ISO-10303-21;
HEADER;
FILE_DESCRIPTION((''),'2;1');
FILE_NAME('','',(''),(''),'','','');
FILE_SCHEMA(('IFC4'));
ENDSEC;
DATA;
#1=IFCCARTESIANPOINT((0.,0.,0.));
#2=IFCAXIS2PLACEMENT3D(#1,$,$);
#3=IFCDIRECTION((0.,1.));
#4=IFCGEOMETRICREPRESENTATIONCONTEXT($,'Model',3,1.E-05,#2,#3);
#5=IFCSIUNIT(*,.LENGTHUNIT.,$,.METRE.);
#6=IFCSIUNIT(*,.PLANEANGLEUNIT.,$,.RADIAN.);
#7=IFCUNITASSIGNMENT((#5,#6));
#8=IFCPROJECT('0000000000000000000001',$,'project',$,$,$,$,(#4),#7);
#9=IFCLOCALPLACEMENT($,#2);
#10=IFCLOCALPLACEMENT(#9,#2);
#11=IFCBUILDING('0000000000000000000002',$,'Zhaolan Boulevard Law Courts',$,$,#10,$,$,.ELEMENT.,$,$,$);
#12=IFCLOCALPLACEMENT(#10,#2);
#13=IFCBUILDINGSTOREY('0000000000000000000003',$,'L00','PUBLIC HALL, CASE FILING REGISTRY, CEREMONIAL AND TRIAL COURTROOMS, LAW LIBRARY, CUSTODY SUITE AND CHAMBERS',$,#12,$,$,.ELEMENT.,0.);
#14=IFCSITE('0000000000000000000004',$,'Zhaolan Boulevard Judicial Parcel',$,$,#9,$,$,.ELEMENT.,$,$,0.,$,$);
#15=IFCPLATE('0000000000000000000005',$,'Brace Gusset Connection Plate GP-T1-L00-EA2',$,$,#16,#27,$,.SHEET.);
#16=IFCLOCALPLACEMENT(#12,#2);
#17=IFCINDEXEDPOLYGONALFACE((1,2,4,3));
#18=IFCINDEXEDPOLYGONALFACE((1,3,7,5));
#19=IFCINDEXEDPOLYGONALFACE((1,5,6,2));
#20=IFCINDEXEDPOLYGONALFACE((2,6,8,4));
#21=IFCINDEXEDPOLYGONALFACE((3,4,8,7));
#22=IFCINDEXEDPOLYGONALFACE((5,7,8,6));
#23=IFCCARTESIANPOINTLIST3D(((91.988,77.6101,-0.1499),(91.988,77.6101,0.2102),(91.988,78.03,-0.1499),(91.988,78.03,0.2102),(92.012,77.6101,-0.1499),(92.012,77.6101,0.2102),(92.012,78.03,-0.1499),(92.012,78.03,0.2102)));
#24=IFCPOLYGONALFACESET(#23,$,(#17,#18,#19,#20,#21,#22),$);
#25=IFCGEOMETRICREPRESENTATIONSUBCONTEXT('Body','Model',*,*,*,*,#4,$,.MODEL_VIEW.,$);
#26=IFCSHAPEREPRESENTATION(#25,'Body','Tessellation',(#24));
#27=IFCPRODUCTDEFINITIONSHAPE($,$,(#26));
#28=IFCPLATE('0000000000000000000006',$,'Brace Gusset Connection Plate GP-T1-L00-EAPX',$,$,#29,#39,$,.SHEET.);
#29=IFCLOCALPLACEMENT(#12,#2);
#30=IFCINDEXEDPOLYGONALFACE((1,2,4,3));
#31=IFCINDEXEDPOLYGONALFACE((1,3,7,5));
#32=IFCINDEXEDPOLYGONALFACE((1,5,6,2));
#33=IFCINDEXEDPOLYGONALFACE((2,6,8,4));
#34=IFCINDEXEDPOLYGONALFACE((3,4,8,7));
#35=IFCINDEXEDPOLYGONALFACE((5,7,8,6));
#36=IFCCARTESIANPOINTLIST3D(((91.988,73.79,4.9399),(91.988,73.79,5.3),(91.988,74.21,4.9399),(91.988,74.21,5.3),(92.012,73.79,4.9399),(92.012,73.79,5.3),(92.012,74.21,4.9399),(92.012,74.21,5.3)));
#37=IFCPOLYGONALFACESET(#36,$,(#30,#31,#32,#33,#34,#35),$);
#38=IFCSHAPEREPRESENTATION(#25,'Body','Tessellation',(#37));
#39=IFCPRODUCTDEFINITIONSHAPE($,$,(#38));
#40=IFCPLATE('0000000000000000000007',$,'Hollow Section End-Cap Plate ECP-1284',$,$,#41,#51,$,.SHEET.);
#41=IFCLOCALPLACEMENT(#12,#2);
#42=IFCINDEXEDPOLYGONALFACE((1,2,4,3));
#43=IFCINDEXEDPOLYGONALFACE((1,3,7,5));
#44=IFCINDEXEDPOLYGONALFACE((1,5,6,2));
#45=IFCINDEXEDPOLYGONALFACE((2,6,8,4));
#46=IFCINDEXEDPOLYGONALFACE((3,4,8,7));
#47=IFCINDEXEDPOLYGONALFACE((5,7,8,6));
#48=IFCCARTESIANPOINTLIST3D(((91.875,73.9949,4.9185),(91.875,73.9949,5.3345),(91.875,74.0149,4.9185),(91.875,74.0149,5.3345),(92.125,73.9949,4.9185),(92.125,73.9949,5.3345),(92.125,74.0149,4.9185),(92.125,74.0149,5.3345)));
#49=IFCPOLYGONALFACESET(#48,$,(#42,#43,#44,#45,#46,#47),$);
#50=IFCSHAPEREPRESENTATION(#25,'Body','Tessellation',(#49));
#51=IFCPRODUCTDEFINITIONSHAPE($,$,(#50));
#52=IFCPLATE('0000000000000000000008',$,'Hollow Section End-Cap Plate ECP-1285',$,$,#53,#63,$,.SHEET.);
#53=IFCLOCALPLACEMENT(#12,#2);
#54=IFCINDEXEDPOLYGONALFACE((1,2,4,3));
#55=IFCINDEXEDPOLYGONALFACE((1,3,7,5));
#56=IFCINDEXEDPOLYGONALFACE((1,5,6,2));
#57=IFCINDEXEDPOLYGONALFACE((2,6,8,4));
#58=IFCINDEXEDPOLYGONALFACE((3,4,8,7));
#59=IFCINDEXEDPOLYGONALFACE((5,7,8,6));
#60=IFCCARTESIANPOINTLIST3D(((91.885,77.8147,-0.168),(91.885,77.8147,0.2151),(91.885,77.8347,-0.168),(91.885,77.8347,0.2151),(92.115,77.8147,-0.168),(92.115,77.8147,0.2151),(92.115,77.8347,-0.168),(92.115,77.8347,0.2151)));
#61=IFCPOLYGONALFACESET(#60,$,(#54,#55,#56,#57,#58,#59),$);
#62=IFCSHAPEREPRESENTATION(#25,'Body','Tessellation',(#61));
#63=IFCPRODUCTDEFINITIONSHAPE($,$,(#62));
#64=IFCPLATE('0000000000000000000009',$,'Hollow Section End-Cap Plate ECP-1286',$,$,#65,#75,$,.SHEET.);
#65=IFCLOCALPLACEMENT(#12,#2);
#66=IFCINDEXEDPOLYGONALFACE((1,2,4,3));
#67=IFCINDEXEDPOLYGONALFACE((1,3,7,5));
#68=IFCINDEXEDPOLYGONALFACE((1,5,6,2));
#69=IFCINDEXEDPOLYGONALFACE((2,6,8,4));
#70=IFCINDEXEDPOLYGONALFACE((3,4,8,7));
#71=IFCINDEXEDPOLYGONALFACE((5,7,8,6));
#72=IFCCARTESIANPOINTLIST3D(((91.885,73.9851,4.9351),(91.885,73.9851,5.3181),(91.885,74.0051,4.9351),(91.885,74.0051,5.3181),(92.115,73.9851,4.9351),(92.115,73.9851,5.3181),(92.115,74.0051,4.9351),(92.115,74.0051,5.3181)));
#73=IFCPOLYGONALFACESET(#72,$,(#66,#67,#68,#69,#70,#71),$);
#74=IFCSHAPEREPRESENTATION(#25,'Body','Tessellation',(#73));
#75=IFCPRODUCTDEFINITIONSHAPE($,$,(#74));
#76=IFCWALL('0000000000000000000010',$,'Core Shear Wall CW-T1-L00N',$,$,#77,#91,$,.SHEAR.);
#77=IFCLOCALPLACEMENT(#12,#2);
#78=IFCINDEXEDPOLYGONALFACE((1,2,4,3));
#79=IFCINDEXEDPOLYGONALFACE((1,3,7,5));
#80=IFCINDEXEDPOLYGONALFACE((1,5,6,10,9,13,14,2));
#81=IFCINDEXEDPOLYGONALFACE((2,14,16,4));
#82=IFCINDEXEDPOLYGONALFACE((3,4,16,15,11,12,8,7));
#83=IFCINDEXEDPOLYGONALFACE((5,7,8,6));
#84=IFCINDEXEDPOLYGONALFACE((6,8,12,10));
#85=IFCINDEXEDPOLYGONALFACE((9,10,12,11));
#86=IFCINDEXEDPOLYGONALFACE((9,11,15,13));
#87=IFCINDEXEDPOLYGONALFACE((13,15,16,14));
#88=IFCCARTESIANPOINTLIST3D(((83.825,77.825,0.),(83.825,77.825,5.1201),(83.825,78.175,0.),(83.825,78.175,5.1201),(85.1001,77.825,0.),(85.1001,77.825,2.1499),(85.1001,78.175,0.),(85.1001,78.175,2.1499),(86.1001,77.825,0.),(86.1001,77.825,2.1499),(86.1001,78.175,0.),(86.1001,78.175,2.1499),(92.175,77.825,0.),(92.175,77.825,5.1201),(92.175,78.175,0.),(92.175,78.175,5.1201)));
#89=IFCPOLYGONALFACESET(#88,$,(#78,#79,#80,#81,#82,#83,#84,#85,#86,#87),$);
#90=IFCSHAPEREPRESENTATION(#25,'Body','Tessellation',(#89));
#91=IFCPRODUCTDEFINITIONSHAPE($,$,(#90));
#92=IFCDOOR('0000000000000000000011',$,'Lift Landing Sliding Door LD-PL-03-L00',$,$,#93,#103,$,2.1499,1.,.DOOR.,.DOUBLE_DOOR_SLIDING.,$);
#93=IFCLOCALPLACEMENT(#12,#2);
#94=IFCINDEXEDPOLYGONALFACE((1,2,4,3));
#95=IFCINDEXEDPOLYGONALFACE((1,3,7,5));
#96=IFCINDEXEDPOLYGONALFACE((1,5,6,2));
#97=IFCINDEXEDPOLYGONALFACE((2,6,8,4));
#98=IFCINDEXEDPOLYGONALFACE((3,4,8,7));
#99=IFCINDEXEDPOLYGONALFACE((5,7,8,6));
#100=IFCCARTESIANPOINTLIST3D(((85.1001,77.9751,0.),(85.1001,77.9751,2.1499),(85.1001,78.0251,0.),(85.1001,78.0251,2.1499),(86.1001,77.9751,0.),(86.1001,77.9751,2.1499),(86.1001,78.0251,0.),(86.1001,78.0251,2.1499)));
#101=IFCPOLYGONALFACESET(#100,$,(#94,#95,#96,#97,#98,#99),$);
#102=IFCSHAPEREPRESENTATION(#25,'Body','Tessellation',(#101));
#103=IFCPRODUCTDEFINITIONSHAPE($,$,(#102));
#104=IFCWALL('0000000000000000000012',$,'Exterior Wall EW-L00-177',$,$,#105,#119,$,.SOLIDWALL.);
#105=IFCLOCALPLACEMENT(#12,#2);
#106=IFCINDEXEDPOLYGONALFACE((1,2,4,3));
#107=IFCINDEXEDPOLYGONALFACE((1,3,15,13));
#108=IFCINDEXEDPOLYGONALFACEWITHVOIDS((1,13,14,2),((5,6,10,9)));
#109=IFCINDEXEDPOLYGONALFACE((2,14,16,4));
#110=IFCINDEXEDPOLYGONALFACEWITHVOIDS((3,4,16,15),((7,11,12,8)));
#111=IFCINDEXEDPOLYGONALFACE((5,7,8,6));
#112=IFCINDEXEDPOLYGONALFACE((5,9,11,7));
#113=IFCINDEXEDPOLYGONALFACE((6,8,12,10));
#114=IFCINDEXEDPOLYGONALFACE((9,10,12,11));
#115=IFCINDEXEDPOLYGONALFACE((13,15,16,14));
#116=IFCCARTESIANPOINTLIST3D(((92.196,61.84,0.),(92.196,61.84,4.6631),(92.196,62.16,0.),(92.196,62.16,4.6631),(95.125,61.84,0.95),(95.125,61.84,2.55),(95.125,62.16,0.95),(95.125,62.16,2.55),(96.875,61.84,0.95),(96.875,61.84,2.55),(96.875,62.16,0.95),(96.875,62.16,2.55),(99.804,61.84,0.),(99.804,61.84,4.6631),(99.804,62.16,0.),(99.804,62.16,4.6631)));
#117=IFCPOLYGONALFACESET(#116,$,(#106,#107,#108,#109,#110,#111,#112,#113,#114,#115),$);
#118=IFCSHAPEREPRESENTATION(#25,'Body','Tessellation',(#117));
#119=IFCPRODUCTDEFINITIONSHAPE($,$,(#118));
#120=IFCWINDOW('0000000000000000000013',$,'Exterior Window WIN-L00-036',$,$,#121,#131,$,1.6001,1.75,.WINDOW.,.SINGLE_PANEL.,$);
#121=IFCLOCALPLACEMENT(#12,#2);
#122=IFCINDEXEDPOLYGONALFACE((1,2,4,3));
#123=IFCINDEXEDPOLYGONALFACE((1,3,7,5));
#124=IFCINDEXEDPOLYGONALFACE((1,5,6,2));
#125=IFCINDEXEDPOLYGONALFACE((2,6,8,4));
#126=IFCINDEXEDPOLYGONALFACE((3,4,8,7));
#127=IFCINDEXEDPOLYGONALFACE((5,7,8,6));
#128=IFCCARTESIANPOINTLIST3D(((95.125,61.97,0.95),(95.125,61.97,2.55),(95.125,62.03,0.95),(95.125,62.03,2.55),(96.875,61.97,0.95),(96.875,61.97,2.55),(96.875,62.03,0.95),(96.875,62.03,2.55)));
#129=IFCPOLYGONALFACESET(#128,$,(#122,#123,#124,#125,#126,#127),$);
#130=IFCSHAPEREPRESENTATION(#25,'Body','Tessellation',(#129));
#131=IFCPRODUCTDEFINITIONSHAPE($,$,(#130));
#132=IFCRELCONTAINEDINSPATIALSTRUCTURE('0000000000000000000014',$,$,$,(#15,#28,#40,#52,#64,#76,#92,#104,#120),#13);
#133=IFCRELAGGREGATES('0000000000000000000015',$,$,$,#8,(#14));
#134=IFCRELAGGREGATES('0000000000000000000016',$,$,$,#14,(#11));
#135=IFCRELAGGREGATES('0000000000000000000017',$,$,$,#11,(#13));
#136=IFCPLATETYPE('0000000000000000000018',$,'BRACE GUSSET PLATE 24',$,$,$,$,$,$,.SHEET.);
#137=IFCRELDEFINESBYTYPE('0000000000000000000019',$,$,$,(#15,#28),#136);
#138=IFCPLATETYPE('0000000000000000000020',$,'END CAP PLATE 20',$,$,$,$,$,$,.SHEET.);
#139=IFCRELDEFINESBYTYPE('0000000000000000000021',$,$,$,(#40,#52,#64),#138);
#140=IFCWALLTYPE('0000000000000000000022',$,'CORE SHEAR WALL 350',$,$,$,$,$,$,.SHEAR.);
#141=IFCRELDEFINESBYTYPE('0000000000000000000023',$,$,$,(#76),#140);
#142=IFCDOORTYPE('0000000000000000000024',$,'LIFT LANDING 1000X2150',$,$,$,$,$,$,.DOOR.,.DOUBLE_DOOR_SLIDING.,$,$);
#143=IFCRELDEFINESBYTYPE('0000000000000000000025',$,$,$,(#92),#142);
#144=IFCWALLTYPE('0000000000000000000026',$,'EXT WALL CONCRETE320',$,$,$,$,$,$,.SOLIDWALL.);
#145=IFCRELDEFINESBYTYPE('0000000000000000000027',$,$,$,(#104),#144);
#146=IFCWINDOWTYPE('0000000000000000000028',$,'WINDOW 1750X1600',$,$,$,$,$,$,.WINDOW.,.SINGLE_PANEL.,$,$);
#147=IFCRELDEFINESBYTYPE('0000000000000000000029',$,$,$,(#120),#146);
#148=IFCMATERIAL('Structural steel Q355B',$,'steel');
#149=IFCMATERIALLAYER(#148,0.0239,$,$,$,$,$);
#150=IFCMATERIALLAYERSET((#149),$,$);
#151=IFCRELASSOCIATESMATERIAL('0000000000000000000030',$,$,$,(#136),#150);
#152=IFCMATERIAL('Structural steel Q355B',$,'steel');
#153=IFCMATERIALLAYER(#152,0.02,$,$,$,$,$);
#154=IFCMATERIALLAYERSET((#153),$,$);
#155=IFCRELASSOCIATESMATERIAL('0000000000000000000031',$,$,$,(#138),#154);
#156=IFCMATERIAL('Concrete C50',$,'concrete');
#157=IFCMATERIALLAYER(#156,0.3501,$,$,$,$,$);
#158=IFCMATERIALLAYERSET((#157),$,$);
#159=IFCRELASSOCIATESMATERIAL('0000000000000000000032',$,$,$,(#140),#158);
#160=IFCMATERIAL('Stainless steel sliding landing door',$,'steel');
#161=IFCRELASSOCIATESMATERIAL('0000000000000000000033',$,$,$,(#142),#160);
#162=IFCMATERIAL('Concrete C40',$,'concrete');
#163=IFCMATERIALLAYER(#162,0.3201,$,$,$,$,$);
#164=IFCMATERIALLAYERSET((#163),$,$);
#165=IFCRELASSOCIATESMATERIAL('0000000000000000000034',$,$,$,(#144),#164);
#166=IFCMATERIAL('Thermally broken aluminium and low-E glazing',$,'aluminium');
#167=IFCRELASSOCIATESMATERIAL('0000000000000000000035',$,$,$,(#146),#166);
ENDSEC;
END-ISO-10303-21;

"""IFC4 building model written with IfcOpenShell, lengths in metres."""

from ifc_helpers import new_model, si_unit, direction, frame, frame_2d, origin, origin_2d, place, context, subcontext, project, spatial, rectangle, extrude, material, layer, layer_set, type_object, element, fill, save


model = new_model("IFC4")

# Units and contexts
model_context = context("Model", 3, precision=1e-05, world=origin(), true_north=direction((0.0, 1.0)))
body_context = subcontext(model_context, "Body", "Model", "MODEL_VIEW")
ifc_project = project(units=[si_unit("LENGTHUNIT", "METRE"), si_unit("PLANEANGLEUNIT", "RADIAN")], contexts=[model_context])

# Site, building, storey
site_placement = place(None, origin())
site = spatial("IfcSite", under=ifc_project, at=site_placement, Name="Zhaolan Boulevard Judicial Parcel", CompositionType="ELEMENT", RefElevation=0.0)
building_placement = place(site_placement, origin())
building = spatial("IfcBuilding", under=site, at=building_placement, Name="Zhaolan Boulevard Law Courts", CompositionType="ELEMENT")
storey_placement = place(building_placement, origin())
storey = spatial("IfcBuildingStorey", under=building, at=storey_placement, Name="L00", Description="PUBLIC HALL, CASE FILING REGISTRY, CEREMONIAL AND TRIAL COURTROOMS, LAW LIBRARY, CUSTODY SUITE AND CHAMBERS", CompositionType="ELEMENT", Elevation=0.0)

# Plates
ifc_material_1 = material(Name="Structural steel Q355B", Category="steel")
ifc_layer_1 = layer(ifc_material_1, 0.0239)
ifc_layer_set_1 = layer_set([ifc_layer_1])
plate_type_1 = type_object("IfcPlateType", Name="BRACE GUSSET PLATE 24", PredefinedType="SHEET", material=ifc_layer_set_1)
for number, where, z_axis, x_axis, name in (
    (1, (92.0, 77.8201, -0.1499), (0.0, 0.0, 1.0), (0.0, 1.0, 0.0), "Brace Gusset Connection Plate GP-T1-L00-EA2"),
    (2, (92.0, 74.0, 4.9399), (0.0, 0.0, 1.0), (0.0, 1.0, 0.0), "Brace Gusset Connection Plate GP-T1-L00-EAPX"),
):
    element("IfcPlate", number, at=place(storey_placement, frame(where, z_axis=z_axis, x_axis=x_axis)), inside=storey, type_object=plate_type_1, Name=name, PredefinedType="SHEET", context=body_context, shape_type="SweptSolid", body=[
        extrude(rectangle(XDim=0.4199, YDim=0.0239, at=origin_2d()), origin(), (0.0, 0.0, 1.0), 0.3601),
    ])
ifc_material_2 = material(Name="Structural steel Q355B", Category="steel")
ifc_layer_2 = layer(ifc_material_2, 0.02)
ifc_layer_set_2 = layer_set([ifc_layer_2])
plate_type_2 = type_object("IfcPlateType", Name="END CAP PLATE 20", PredefinedType="SHEET", material=ifc_layer_set_2)
plate_placement = place(storey_placement, frame((92.0, 74.0049, 4.9185), z_axis=(0.0, 0.0, 1.0), x_axis=(0.0, 1.0, 0.0)))
element("IfcPlate", 3, at=plate_placement, inside=storey, type_object=plate_type_2, Name="Hollow Section End-Cap Plate ECP-1284", PredefinedType="SHEET", context=body_context, shape_type="SweptSolid", body=[
    extrude(rectangle(XDim=0.02, YDim=0.25, at=origin_2d()), origin(), (0.0, 0.0, 1.0), 0.416),
])
for number, where, z_axis, x_axis, name in (
    (4, (92.0, 77.8247, -0.168), (0.0, 0.0, 1.0), (0.0, -1.0, 0.0), "Hollow Section End-Cap Plate ECP-1285"),
    (5, (92.0, 73.9951, 4.9351), (0.0, 0.0, 1.0), (0.0, -1.0, 0.0), "Hollow Section End-Cap Plate ECP-1286"),
):
    element("IfcPlate", number, at=place(storey_placement, frame(where, z_axis=z_axis, x_axis=x_axis)), inside=storey, type_object=plate_type_2, Name=name, PredefinedType="SHEET", context=body_context, shape_type="SweptSolid", body=[
        extrude(rectangle(XDim=0.02, YDim=0.23, at=origin_2d()), origin(), (0.0, 0.0, 1.0), 0.3831),
    ])

# Wall, opening, door
ifc_material_3 = material(Name="Concrete C50", Category="concrete")
ifc_layer_3 = layer(ifc_material_3, 0.3501)
ifc_layer_set_3 = layer_set([ifc_layer_3])
wall_type_1 = type_object("IfcWallType", Name="CORE SHEAR WALL 350", PredefinedType="SHEAR", material=ifc_layer_set_3)
wall_1_placement = place(storey_placement, frame((92.175, 78.0, 0.0), z_axis=(0.0, 0.0, 1.0), x_axis=(-1.0, 0.0, 0.0)))
wall_1 = element("IfcWall", 6, at=wall_1_placement, inside=storey, type_object=wall_type_1, Name="Core Shear Wall CW-T1-L00N", PredefinedType="SHEAR", context=body_context, shape_type="SweptSolid", body=[
    extrude(rectangle(XDim=8.3501, YDim=0.3501, at=frame_2d((4.175, 0.0))), origin(), (0.0, 0.0, 1.0), 5.1201),
])
opening_1_placement = place(wall_1_placement, frame((6.075, 0.0, 0.0)))
opening_1 = element("IfcOpeningElement", 7, at=opening_1_placement, cuts=wall_1, PredefinedType="OPENING", context=body_context, shape_type="SweptSolid", body=[
    extrude(rectangle(XDim=1.0, YDim=2.1499, at=frame_2d((0.5, 1.075))), frame((0.0, 0.1851, 0.0), z_axis=(0.0, -1.0, 0.0), x_axis=(1.0, 0.0, 0.0)), (0.0, 0.0, 1.0), 0.3701),
])
ifc_material_4 = material(Name="Stainless steel sliding landing door", Category="steel")
door_type = type_object("IfcDoorType", Name="LIFT LANDING 1000X2150", OperationType="DOUBLE_DOOR_SLIDING", PredefinedType="DOOR", material=ifc_material_4)
door_placement = place(opening_1_placement, origin())
door = element("IfcDoor", 8, at=door_placement, inside=storey, type_object=door_type, Name="Lift Landing Sliding Door LD-PL-03-L00", OperationType="DOUBLE_DOOR_SLIDING", OverallHeight=2.1499, OverallWidth=1.0, PredefinedType="DOOR", context=body_context, shape_type="SweptSolid", body=[
    extrude(rectangle(XDim=1.0, YDim=2.1499, at=frame_2d((0.5, 1.075))), frame((0.0, 0.0249, 0.0), z_axis=(0.0, -1.0, 0.0), x_axis=(1.0, 0.0, 0.0)), (0.0, 0.0, 1.0), 0.05),
])
fill(opening_1, door)

# Wall, opening, window
ifc_material_5 = material(Name="Concrete C40", Category="concrete")
ifc_layer_4 = layer(ifc_material_5, 0.3201)
ifc_layer_set_4 = layer_set([ifc_layer_4])
wall_type_2 = type_object("IfcWallType", Name="EXT WALL CONCRETE320", PredefinedType="SOLIDWALL", material=ifc_layer_set_4)
wall_2_placement = place(storey_placement, frame((92.196, 62.0, 0.0), z_axis=(0.0, 0.0, 1.0), x_axis=(1.0, 0.0, 0.0)))
wall_2 = element("IfcWall", 9, at=wall_2_placement, inside=storey, type_object=wall_type_2, Name="Exterior Wall EW-L00-177", PredefinedType="SOLIDWALL", context=body_context, shape_type="SweptSolid", body=[
    extrude(rectangle(XDim=7.6079, YDim=0.3201, at=frame_2d((3.804, 0.0))), origin(), (0.0, 0.0, 1.0), 4.6631),
])
opening_2_placement = place(wall_2_placement, frame((2.929, 0.0, 0.95)))
opening_2 = element("IfcOpeningElement", 10, at=opening_2_placement, cuts=wall_2, PredefinedType="OPENING", context=body_context, shape_type="SweptSolid", body=[
    extrude(rectangle(XDim=1.75, YDim=1.6001, at=frame_2d((0.875, 0.8))), frame((0.0, 0.1699, 0.0), z_axis=(0.0, -1.0, 0.0), x_axis=(1.0, 0.0, 0.0)), (0.0, 0.0, 1.0), 0.3401),
])
ifc_material_6 = material(Name="Thermally broken aluminium and low-E glazing", Category="aluminium")
window_type = type_object("IfcWindowType", Name="WINDOW 1750X1600", PartitioningType="SINGLE_PANEL", PredefinedType="WINDOW", material=ifc_material_6)
window_placement = place(opening_2_placement, origin())
window = element("IfcWindow", 11, at=window_placement, inside=storey, type_object=window_type, Name="Exterior Window WIN-L00-036", OverallHeight=1.6001, OverallWidth=1.75, PartitioningType="SINGLE_PANEL", PredefinedType="WINDOW", context=body_context, shape_type="SweptSolid", body=[
    extrude(rectangle(XDim=1.75, YDim=1.6001, at=frame_2d((0.875, 0.8))), frame((0.0, 0.03, 0.0), z_axis=(0.0, -1.0, 0.0), x_axis=(1.0, 0.0, 0.0)), (0.0, 0.0, 1.0), 0.0601),
])
fill(opening_2, window)

save(model, "model.ifc")
